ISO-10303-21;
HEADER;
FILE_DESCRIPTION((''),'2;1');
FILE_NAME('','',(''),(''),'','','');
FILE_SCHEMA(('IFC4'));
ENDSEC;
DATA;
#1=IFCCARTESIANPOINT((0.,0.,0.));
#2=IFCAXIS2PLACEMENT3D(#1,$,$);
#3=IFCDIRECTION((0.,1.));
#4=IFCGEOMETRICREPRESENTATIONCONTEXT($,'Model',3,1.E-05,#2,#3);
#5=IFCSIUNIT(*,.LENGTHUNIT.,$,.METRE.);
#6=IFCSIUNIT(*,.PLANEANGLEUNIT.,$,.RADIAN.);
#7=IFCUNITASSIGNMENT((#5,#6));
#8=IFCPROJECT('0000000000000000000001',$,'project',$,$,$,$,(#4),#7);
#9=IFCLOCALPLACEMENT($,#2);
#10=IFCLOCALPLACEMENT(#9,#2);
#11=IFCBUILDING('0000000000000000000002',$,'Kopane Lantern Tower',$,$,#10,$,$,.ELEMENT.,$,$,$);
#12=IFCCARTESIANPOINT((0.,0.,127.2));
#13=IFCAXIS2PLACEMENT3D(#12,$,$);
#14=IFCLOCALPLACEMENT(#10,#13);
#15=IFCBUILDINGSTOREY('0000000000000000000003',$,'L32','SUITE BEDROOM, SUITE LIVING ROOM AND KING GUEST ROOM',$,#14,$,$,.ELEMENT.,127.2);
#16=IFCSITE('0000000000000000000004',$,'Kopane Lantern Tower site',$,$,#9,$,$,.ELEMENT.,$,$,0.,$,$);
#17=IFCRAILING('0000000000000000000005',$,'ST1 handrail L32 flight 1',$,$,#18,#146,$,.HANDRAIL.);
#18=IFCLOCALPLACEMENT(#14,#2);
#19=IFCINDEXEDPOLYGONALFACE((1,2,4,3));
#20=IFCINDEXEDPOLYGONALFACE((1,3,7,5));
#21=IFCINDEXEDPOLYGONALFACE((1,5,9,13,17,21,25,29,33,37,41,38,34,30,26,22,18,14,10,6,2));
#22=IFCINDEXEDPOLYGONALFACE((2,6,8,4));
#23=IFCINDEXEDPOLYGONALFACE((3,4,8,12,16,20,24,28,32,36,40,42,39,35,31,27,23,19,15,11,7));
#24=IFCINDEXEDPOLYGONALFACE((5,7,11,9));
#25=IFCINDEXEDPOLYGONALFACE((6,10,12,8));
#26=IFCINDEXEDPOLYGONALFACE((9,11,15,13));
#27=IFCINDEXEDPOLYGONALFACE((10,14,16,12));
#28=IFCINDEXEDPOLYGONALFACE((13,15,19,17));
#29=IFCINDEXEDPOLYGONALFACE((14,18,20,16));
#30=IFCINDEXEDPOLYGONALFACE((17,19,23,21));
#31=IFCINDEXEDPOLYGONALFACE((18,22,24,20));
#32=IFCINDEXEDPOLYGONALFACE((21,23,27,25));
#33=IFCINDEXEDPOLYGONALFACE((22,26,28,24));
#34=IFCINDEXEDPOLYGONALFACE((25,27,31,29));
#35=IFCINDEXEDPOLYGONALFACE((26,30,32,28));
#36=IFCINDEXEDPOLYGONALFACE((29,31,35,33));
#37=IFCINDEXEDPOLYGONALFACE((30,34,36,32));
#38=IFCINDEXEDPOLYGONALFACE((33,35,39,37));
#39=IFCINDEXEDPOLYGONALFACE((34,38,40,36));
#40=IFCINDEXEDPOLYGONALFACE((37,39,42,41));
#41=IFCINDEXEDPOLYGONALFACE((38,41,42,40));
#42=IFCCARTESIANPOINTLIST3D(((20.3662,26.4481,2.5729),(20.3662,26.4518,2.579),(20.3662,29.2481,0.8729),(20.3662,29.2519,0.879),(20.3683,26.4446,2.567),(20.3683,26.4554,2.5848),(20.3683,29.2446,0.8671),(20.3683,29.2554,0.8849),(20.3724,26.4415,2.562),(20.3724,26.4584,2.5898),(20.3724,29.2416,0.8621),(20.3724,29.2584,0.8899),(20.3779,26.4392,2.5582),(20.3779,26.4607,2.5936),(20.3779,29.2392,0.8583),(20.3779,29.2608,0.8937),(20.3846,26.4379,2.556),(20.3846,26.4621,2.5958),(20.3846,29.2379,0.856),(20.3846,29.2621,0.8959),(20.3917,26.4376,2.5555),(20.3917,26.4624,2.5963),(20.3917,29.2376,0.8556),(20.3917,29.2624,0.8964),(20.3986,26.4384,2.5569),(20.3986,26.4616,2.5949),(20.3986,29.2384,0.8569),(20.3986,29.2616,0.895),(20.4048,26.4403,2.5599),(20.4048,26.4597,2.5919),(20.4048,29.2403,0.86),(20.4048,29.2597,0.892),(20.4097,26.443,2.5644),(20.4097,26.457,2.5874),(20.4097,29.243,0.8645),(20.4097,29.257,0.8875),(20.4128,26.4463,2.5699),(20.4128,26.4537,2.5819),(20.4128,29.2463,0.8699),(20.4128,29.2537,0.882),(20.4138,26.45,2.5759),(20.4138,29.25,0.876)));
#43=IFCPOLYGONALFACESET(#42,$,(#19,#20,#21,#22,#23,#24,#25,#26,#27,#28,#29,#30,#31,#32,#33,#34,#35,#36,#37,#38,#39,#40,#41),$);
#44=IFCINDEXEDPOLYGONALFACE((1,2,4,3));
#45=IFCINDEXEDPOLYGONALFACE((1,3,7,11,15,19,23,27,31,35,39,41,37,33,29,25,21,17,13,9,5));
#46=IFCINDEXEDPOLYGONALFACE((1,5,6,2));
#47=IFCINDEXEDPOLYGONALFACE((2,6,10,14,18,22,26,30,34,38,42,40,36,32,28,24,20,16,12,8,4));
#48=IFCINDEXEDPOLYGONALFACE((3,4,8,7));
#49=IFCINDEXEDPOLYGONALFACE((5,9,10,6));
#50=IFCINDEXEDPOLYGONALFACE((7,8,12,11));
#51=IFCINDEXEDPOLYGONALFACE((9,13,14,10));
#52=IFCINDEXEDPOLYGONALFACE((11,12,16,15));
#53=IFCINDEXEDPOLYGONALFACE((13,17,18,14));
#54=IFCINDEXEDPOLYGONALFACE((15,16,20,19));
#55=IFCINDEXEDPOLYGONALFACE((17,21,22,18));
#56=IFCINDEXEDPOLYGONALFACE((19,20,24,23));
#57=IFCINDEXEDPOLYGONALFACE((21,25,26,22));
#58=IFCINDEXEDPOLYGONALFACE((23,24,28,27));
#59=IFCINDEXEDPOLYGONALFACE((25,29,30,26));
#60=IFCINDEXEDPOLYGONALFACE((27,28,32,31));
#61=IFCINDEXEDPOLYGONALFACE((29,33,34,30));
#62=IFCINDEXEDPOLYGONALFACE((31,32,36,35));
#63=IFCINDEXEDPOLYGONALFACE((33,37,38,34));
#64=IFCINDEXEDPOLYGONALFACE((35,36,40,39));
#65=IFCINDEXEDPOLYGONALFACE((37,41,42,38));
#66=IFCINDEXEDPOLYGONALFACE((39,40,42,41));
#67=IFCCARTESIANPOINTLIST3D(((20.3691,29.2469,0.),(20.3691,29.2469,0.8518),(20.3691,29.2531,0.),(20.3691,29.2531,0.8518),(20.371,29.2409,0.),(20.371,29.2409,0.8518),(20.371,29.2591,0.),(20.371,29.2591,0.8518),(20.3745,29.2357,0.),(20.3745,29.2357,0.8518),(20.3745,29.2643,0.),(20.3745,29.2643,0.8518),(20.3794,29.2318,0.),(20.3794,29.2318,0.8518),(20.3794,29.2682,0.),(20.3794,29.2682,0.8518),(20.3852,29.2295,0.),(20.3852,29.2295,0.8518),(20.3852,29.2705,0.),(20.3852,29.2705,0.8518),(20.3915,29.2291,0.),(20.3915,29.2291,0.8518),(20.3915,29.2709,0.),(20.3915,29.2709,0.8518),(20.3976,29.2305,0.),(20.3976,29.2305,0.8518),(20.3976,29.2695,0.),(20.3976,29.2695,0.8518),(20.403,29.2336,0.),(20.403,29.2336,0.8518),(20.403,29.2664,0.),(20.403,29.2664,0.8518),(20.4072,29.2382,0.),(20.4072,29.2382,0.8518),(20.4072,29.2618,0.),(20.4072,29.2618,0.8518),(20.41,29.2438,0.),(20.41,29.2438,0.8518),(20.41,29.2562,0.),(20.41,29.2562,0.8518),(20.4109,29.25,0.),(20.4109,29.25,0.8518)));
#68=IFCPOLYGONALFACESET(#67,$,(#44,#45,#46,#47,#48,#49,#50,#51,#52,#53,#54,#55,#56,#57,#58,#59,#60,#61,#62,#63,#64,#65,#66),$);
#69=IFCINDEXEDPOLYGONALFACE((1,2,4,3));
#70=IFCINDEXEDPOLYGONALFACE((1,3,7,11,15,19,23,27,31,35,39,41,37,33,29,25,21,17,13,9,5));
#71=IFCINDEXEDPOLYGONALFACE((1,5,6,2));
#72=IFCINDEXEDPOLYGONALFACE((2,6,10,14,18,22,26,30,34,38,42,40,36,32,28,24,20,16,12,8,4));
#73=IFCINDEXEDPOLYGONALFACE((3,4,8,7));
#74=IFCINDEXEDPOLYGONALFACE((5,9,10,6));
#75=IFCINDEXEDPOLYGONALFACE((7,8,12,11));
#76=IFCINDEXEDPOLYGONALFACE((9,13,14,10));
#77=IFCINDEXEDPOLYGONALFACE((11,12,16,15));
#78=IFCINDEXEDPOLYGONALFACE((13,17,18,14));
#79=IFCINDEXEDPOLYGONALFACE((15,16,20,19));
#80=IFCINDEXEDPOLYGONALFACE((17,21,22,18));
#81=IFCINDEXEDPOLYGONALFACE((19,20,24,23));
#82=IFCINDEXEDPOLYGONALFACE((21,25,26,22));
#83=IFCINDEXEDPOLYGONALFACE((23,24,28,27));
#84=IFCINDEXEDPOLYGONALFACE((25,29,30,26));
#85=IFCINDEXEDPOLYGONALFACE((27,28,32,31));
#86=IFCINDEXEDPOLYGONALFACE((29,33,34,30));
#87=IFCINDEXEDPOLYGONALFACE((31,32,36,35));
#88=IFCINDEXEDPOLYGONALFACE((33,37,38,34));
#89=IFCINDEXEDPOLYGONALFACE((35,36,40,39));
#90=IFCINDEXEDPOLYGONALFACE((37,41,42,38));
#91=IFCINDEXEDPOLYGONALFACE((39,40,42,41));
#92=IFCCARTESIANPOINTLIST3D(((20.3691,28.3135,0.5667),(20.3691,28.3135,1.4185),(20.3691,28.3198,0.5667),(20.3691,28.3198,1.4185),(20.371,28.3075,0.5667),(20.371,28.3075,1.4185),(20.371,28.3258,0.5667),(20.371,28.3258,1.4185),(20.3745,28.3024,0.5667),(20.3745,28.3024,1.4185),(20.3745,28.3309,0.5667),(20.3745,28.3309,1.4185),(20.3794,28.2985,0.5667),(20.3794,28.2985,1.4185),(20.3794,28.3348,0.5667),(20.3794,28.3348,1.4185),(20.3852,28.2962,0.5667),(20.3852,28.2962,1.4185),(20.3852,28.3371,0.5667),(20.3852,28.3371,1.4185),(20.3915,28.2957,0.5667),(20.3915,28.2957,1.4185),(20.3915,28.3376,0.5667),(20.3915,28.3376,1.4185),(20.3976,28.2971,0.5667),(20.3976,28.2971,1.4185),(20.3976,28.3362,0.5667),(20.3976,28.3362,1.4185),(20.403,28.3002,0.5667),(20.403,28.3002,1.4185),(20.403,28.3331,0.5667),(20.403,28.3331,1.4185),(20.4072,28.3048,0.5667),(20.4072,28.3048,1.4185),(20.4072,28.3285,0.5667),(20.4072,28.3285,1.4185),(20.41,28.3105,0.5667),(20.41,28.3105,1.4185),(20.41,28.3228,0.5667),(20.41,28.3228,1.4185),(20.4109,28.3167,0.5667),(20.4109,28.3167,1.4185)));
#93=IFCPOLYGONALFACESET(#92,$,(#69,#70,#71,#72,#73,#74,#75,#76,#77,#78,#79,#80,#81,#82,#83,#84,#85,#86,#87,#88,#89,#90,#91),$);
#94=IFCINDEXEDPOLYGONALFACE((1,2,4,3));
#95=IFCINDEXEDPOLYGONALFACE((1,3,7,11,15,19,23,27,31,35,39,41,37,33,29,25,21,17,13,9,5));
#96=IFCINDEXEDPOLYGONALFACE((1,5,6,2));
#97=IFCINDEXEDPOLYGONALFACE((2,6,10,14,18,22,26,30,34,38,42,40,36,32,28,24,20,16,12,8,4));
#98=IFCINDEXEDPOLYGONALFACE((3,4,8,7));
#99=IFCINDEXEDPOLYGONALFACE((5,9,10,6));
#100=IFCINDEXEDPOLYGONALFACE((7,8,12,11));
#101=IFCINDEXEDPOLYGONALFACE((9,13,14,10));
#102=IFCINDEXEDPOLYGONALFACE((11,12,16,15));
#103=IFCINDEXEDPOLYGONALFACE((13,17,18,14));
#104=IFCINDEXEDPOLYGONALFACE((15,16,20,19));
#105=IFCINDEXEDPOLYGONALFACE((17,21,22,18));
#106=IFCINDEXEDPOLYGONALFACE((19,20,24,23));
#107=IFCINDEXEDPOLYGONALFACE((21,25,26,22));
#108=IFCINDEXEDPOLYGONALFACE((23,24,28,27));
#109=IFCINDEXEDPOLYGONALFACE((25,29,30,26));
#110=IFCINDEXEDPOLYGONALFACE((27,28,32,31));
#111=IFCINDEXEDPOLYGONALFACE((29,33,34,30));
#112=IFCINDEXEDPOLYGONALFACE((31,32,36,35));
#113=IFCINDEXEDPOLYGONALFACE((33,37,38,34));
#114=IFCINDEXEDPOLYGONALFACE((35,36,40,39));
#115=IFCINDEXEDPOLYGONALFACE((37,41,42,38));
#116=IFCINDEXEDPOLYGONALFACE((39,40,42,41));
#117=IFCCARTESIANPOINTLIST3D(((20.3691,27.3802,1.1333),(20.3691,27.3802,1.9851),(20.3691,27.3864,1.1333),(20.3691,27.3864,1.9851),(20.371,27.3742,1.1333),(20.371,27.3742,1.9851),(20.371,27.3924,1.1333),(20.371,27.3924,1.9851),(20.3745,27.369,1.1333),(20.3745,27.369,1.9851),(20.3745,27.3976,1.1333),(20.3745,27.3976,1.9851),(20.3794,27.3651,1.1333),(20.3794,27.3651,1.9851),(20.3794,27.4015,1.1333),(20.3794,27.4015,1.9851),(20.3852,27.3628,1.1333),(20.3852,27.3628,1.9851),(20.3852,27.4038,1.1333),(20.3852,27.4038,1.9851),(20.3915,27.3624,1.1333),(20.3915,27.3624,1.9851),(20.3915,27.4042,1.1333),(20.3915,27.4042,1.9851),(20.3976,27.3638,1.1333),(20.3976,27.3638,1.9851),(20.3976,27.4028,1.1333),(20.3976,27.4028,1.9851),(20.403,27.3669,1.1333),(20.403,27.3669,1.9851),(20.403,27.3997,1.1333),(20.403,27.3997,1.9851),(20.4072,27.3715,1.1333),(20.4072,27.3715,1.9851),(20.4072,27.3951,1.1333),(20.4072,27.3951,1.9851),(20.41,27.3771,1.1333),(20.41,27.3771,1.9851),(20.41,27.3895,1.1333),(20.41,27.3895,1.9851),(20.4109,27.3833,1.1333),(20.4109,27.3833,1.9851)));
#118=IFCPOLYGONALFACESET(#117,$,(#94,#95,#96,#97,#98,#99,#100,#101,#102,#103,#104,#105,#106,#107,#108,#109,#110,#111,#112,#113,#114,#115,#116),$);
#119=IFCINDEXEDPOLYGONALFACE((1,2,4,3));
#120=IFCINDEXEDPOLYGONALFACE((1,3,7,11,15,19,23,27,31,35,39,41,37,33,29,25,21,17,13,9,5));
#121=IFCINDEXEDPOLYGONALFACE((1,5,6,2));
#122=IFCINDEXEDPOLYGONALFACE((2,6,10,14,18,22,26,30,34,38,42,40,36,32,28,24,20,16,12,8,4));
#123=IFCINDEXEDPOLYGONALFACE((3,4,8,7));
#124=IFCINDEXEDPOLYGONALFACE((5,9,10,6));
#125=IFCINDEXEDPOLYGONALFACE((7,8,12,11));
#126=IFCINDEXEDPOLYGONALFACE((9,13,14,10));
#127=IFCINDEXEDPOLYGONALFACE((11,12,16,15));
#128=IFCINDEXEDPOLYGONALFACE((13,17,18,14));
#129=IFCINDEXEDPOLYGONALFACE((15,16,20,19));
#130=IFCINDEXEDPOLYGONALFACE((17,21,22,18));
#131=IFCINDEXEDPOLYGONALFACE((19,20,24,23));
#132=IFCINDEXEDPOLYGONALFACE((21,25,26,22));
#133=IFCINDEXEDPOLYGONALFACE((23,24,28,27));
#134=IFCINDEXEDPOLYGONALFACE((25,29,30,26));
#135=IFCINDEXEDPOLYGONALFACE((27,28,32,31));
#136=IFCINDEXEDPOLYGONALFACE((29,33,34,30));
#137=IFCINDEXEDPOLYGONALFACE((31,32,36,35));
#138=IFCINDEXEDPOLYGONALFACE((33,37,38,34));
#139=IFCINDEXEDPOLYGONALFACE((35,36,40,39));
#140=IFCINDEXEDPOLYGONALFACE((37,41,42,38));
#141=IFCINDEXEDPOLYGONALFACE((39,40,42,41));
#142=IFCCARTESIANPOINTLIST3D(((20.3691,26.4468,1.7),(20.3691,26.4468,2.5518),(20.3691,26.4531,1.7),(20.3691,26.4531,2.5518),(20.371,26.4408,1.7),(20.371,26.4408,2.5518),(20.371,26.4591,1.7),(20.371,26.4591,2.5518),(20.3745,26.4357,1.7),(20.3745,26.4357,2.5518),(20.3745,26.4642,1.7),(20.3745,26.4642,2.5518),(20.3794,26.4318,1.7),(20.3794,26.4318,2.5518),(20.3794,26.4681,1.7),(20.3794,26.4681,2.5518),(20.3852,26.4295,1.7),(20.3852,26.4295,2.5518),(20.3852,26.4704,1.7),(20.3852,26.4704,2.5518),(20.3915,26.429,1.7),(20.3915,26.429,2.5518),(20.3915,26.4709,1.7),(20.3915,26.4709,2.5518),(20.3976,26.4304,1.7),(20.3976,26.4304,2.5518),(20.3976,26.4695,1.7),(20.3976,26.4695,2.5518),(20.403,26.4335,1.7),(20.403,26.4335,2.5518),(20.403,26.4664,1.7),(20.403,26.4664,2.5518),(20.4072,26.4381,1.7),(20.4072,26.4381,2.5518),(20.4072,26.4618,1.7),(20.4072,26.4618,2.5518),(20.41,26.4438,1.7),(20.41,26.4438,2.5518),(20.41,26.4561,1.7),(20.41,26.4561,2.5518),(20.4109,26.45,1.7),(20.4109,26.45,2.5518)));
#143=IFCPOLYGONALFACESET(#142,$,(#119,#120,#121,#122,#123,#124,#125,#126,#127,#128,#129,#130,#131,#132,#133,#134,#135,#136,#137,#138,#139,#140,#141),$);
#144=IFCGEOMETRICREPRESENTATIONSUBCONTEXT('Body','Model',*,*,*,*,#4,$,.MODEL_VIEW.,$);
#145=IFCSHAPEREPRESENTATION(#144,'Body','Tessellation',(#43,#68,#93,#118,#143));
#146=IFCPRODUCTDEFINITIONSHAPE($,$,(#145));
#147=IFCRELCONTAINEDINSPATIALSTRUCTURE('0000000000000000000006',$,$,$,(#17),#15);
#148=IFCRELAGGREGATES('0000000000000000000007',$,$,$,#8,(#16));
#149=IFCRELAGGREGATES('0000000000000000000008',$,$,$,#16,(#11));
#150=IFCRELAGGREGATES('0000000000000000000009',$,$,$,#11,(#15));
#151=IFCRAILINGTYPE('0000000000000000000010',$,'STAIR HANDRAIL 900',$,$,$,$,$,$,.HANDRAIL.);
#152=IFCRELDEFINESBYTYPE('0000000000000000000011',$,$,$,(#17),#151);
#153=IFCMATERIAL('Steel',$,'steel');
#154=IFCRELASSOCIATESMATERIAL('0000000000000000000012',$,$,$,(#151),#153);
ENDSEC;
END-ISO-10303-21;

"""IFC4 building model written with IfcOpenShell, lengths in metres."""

from ifc_helpers import new_model, si_unit, direction, frame, origin, origin_2d, place, context, subcontext, project, spatial, circle, extrude, material, type_object, element, save


model = new_model("IFC4")

# Units and contexts
model_context = context("Model", 3, precision=1e-05, world=origin(), true_north=direction((0.0, 1.0)))
body_context = subcontext(model_context, "Body", "Model", "MODEL_VIEW")
ifc_project = project(units=[si_unit("LENGTHUNIT", "METRE"), si_unit("PLANEANGLEUNIT", "RADIAN")], contexts=[model_context])

# Site, building, storey
site_placement = place(None, origin())
site = spatial("IfcSite", under=ifc_project, at=site_placement, Name="Kopane Lantern Tower site", CompositionType="ELEMENT", RefElevation=0.0)
building_placement = place(site_placement, origin())
building = spatial("IfcBuilding", under=site, at=building_placement, Name="Kopane Lantern Tower", CompositionType="ELEMENT")
storey_placement = place(building_placement, frame((0.0, 0.0, 127.2)))
storey = spatial("IfcBuildingStorey", under=building, at=storey_placement, Name="L32", Description="SUITE BEDROOM, SUITE LIVING ROOM AND KING GUEST ROOM", CompositionType="ELEMENT", Elevation=127.2)

# Railing
ifc_material_1 = material(Name="Steel", Category="steel")
railing_type_1 = type_object("IfcRailingType", Name="STAIR HANDRAIL 900", PredefinedType="HANDRAIL", material=ifc_material_1)
for number, where, name in (
    (1, (20.3899, 29.25, 0.0), "ST1 handrail L32 flight 1"),
):
    element("IfcRailing", number, at=place(storey_placement, frame(where)), inside=storey, type_object=railing_type_1, Name=name, PredefinedType="HANDRAIL", context=body_context, shape_type="SweptSolid", body=[
        extrude(circle(Radius=0.0239, at=origin_2d()), frame((0.0, 0.0, 0.876), z_axis=(0.0, -0.854798, 0.518961), x_axis=(1.0, 0.0, 0.0)), (0.0, 0.0, 1.0), 3.2756),
        extrude(circle(Radius=0.021, at=origin_2d()), origin(), (0.0, 0.0, 1.0), 0.8518),
        extrude(circle(Radius=0.021, at=origin_2d()), frame((0.0, -0.9333, 0.5667)), (0.0, 0.0, 1.0), 0.8518),
        extrude(circle(Radius=0.021, at=origin_2d()), frame((0.0, -1.8667, 1.1333)), (0.0, 0.0, 1.0), 0.8518),
        extrude(circle(Radius=0.021, at=origin_2d()), frame((0.0, -2.8, 1.7)), (0.0, 0.0, 1.0), 0.8518),
    ])

save(model, "model.ifc")
